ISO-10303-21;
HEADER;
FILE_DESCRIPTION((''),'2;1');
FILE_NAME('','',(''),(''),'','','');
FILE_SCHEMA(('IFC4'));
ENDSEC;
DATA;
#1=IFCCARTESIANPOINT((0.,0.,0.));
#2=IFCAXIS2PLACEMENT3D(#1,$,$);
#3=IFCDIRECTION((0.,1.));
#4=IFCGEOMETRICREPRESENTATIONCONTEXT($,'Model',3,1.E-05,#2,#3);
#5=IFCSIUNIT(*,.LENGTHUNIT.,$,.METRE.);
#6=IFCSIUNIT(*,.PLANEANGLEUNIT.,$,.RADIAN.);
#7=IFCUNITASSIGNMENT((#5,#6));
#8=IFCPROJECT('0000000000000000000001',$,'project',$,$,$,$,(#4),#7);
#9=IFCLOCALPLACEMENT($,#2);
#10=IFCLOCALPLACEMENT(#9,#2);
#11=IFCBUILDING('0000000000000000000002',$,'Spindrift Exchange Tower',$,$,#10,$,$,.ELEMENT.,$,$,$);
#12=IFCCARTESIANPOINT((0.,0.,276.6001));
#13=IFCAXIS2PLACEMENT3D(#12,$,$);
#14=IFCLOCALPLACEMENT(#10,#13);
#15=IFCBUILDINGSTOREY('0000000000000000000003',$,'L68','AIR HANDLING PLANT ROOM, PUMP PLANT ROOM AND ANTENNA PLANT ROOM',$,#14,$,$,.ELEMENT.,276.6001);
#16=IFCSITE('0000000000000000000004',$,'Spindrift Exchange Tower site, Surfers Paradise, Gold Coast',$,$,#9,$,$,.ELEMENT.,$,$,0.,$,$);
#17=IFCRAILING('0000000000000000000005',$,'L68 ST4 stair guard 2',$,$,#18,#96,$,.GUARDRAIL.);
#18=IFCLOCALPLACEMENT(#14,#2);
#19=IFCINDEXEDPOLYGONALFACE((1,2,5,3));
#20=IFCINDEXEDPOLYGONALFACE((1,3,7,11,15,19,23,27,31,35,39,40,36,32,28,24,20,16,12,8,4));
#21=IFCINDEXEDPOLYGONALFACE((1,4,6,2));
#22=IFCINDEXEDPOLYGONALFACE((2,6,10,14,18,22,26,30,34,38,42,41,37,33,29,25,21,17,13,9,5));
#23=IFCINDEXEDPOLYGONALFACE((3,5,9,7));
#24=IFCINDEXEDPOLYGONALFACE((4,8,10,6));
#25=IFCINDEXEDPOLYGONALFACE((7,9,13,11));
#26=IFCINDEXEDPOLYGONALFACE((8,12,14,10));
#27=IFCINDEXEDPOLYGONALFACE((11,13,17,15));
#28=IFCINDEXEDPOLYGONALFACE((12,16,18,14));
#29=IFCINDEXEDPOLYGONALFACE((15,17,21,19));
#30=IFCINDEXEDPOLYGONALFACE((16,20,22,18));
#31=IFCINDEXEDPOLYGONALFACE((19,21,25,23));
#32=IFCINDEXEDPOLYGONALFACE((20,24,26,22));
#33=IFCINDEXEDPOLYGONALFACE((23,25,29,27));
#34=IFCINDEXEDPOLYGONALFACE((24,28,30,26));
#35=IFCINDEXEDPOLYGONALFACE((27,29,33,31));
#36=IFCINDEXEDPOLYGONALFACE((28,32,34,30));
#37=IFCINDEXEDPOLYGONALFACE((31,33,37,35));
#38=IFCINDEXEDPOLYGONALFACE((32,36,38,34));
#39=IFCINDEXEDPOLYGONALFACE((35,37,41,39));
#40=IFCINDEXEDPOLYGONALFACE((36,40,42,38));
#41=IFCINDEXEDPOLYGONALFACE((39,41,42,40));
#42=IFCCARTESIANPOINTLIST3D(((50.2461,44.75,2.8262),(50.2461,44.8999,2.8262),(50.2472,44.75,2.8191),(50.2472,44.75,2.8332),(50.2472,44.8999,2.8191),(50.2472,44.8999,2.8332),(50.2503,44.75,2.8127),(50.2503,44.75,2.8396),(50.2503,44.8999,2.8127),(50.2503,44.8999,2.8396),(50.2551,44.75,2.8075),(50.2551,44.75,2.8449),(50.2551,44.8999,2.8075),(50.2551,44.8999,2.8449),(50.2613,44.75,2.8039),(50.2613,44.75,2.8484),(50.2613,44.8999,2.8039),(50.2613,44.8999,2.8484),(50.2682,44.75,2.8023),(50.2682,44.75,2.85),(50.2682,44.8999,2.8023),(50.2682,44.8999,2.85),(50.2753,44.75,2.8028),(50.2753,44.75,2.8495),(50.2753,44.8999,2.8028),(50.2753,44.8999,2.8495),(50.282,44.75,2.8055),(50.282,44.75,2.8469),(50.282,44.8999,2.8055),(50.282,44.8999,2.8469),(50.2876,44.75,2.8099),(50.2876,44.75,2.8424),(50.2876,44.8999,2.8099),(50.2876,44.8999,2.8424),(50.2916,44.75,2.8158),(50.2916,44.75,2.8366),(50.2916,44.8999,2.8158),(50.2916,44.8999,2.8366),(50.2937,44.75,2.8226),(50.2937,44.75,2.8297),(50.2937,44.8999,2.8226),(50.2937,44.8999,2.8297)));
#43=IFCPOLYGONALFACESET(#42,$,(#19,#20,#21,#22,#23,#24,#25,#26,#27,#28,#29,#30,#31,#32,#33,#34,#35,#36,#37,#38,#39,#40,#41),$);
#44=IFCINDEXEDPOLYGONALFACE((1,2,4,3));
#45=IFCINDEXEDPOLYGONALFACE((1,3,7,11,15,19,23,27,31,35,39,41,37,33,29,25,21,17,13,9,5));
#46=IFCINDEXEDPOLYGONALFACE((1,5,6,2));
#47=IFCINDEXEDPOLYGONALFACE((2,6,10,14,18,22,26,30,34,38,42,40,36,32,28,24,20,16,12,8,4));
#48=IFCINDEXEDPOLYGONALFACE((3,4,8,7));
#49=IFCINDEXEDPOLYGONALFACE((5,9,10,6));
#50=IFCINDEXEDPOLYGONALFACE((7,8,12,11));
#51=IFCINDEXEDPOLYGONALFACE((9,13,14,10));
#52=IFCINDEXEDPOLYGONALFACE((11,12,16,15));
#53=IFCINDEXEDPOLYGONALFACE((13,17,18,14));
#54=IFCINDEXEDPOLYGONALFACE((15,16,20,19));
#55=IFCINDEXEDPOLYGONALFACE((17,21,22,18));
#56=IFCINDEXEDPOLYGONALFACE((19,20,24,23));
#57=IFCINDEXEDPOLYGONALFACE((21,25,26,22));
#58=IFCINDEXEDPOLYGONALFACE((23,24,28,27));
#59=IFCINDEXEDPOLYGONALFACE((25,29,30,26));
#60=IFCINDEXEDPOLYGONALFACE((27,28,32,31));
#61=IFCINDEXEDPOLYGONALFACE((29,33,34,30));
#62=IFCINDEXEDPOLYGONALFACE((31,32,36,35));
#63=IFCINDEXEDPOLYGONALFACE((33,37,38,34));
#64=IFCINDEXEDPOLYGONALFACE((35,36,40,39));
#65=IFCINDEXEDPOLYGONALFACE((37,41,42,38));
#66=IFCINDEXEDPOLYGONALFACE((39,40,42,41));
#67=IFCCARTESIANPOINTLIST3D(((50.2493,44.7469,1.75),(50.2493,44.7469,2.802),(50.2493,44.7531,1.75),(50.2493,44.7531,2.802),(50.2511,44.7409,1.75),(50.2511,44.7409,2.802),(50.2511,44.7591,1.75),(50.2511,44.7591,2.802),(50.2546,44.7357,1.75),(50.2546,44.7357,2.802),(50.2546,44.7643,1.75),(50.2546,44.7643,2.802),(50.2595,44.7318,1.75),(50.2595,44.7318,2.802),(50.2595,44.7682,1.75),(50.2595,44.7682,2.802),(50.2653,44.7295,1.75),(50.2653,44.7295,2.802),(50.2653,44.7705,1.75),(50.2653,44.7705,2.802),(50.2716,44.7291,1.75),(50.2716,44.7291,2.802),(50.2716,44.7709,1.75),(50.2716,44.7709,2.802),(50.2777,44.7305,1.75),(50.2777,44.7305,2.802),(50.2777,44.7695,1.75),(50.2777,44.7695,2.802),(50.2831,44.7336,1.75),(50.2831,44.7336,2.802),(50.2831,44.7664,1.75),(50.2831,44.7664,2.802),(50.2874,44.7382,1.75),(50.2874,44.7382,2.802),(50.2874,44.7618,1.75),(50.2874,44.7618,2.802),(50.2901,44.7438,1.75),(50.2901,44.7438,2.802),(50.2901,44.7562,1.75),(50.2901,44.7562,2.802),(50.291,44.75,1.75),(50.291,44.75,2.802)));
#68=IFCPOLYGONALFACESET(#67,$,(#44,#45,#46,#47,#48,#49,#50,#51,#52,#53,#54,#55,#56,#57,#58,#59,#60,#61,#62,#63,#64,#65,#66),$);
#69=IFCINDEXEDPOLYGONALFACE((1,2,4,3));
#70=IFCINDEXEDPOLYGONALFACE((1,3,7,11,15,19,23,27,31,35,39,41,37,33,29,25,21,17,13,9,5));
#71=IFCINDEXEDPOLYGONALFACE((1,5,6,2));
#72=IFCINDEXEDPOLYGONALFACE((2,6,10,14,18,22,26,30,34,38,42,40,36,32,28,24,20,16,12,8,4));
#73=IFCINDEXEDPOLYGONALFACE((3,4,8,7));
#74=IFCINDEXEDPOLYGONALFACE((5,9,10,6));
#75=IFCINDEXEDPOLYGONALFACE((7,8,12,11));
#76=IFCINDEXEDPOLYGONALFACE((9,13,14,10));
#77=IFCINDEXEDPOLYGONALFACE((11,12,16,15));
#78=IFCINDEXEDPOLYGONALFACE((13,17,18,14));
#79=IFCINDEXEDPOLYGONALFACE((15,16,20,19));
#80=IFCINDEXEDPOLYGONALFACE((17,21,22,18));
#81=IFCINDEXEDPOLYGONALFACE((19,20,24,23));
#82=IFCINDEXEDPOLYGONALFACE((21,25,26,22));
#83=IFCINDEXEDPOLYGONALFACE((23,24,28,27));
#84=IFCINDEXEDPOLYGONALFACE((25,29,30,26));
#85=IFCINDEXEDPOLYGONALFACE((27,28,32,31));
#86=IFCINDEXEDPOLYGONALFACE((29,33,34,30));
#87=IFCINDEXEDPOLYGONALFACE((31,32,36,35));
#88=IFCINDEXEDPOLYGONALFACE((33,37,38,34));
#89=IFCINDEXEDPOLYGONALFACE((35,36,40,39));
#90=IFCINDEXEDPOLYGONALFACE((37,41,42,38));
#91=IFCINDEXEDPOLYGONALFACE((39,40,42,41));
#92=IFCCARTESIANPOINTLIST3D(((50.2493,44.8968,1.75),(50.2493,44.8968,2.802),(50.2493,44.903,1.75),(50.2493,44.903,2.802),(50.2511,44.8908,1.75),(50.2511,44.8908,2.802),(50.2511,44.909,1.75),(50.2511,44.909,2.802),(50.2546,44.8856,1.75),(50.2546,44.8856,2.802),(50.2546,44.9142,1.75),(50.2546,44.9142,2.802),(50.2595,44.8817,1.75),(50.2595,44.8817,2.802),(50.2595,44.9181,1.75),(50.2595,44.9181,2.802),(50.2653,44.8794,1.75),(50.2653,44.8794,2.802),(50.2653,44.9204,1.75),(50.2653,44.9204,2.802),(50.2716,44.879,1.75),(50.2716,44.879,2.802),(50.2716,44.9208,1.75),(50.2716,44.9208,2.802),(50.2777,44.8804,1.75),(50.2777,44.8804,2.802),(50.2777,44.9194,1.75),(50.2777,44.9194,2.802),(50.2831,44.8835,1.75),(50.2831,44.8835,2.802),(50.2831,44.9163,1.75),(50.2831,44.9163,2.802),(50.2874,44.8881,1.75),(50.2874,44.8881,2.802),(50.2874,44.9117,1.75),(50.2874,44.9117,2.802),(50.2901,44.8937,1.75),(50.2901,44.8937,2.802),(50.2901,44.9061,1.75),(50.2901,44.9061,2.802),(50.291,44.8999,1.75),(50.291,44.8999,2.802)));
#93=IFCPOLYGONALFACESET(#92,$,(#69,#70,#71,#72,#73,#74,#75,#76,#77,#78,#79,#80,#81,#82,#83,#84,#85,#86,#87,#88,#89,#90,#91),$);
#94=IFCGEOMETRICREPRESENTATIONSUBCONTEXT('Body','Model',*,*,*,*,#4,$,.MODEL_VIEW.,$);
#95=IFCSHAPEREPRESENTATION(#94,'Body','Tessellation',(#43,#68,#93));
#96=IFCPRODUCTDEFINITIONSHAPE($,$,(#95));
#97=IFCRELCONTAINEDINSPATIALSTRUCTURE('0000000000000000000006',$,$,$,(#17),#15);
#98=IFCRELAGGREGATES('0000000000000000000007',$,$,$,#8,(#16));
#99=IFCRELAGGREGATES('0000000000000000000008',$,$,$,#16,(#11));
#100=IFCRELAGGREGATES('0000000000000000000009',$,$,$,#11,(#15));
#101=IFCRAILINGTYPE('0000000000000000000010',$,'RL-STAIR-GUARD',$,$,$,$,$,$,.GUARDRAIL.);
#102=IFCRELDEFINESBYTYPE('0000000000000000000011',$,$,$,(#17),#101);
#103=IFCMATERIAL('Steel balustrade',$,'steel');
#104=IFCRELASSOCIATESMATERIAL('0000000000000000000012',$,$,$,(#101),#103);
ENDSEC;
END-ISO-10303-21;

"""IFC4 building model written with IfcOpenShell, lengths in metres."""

from ifc_helpers import new_model, si_unit, direction, frame, origin, origin_2d, place, context, subcontext, project, spatial, circle, extrude, material, type_object, element, save


model = new_model("IFC4")

# Units and contexts
model_context = context("Model", 3, precision=1e-05, world=origin(), true_north=direction((0.0, 1.0)))
body_context = subcontext(model_context, "Body", "Model", "MODEL_VIEW")
ifc_project = project(units=[si_unit("LENGTHUNIT", "METRE"), si_unit("PLANEANGLEUNIT", "RADIAN")], contexts=[model_context])

# Site, building, storey
site_placement = place(None, origin())
site = spatial("IfcSite", under=ifc_project, at=site_placement, Name="Spindrift Exchange Tower site, Surfers Paradise, Gold Coast", CompositionType="ELEMENT", RefElevation=0.0)
building_placement = place(site_placement, origin())
building = spatial("IfcBuilding", under=site, at=building_placement, Name="Spindrift Exchange Tower", CompositionType="ELEMENT")
storey_placement = place(building_placement, frame((0.0, 0.0, 276.6001)))
storey = spatial("IfcBuildingStorey", under=building, at=storey_placement, Name="L68", Description="AIR HANDLING PLANT ROOM, PUMP PLANT ROOM AND ANTENNA PLANT ROOM", CompositionType="ELEMENT", Elevation=276.6001)

# Railing
ifc_material_1 = material(Name="Steel balustrade", Category="steel")
railing_type_1 = type_object("IfcRailingType", Name="RL-STAIR-GUARD", PredefinedType="GUARDRAIL", material=ifc_material_1)
railing_1_placement = place(storey_placement, frame((50.27, 44.75, 1.75)))
element("IfcRailing", 1, at=railing_1_placement, inside=storey, type_object=railing_type_1, Name="L68 ST4 stair guard 2", PredefinedType="GUARDRAIL", context=body_context, shape_type="SweptSolid", body=[
    extrude(circle(Radius=0.0239, at=origin_2d()), frame((0.0, 0.0, 1.0762), z_axis=(0.0, 1.0, 0.0), x_axis=(-1.0, 0.0, 0.0)), (0.0, 0.0, 1.0), 0.1499),
    extrude(circle(Radius=0.021, at=origin_2d()), origin(), (0.0, 0.0, 1.0), 1.052),
    extrude(circle(Radius=0.021, at=origin_2d()), frame((0.0, 0.1499, 0.0)), (0.0, 0.0, 1.0), 1.052),
])

save(model, "model.ifc")
